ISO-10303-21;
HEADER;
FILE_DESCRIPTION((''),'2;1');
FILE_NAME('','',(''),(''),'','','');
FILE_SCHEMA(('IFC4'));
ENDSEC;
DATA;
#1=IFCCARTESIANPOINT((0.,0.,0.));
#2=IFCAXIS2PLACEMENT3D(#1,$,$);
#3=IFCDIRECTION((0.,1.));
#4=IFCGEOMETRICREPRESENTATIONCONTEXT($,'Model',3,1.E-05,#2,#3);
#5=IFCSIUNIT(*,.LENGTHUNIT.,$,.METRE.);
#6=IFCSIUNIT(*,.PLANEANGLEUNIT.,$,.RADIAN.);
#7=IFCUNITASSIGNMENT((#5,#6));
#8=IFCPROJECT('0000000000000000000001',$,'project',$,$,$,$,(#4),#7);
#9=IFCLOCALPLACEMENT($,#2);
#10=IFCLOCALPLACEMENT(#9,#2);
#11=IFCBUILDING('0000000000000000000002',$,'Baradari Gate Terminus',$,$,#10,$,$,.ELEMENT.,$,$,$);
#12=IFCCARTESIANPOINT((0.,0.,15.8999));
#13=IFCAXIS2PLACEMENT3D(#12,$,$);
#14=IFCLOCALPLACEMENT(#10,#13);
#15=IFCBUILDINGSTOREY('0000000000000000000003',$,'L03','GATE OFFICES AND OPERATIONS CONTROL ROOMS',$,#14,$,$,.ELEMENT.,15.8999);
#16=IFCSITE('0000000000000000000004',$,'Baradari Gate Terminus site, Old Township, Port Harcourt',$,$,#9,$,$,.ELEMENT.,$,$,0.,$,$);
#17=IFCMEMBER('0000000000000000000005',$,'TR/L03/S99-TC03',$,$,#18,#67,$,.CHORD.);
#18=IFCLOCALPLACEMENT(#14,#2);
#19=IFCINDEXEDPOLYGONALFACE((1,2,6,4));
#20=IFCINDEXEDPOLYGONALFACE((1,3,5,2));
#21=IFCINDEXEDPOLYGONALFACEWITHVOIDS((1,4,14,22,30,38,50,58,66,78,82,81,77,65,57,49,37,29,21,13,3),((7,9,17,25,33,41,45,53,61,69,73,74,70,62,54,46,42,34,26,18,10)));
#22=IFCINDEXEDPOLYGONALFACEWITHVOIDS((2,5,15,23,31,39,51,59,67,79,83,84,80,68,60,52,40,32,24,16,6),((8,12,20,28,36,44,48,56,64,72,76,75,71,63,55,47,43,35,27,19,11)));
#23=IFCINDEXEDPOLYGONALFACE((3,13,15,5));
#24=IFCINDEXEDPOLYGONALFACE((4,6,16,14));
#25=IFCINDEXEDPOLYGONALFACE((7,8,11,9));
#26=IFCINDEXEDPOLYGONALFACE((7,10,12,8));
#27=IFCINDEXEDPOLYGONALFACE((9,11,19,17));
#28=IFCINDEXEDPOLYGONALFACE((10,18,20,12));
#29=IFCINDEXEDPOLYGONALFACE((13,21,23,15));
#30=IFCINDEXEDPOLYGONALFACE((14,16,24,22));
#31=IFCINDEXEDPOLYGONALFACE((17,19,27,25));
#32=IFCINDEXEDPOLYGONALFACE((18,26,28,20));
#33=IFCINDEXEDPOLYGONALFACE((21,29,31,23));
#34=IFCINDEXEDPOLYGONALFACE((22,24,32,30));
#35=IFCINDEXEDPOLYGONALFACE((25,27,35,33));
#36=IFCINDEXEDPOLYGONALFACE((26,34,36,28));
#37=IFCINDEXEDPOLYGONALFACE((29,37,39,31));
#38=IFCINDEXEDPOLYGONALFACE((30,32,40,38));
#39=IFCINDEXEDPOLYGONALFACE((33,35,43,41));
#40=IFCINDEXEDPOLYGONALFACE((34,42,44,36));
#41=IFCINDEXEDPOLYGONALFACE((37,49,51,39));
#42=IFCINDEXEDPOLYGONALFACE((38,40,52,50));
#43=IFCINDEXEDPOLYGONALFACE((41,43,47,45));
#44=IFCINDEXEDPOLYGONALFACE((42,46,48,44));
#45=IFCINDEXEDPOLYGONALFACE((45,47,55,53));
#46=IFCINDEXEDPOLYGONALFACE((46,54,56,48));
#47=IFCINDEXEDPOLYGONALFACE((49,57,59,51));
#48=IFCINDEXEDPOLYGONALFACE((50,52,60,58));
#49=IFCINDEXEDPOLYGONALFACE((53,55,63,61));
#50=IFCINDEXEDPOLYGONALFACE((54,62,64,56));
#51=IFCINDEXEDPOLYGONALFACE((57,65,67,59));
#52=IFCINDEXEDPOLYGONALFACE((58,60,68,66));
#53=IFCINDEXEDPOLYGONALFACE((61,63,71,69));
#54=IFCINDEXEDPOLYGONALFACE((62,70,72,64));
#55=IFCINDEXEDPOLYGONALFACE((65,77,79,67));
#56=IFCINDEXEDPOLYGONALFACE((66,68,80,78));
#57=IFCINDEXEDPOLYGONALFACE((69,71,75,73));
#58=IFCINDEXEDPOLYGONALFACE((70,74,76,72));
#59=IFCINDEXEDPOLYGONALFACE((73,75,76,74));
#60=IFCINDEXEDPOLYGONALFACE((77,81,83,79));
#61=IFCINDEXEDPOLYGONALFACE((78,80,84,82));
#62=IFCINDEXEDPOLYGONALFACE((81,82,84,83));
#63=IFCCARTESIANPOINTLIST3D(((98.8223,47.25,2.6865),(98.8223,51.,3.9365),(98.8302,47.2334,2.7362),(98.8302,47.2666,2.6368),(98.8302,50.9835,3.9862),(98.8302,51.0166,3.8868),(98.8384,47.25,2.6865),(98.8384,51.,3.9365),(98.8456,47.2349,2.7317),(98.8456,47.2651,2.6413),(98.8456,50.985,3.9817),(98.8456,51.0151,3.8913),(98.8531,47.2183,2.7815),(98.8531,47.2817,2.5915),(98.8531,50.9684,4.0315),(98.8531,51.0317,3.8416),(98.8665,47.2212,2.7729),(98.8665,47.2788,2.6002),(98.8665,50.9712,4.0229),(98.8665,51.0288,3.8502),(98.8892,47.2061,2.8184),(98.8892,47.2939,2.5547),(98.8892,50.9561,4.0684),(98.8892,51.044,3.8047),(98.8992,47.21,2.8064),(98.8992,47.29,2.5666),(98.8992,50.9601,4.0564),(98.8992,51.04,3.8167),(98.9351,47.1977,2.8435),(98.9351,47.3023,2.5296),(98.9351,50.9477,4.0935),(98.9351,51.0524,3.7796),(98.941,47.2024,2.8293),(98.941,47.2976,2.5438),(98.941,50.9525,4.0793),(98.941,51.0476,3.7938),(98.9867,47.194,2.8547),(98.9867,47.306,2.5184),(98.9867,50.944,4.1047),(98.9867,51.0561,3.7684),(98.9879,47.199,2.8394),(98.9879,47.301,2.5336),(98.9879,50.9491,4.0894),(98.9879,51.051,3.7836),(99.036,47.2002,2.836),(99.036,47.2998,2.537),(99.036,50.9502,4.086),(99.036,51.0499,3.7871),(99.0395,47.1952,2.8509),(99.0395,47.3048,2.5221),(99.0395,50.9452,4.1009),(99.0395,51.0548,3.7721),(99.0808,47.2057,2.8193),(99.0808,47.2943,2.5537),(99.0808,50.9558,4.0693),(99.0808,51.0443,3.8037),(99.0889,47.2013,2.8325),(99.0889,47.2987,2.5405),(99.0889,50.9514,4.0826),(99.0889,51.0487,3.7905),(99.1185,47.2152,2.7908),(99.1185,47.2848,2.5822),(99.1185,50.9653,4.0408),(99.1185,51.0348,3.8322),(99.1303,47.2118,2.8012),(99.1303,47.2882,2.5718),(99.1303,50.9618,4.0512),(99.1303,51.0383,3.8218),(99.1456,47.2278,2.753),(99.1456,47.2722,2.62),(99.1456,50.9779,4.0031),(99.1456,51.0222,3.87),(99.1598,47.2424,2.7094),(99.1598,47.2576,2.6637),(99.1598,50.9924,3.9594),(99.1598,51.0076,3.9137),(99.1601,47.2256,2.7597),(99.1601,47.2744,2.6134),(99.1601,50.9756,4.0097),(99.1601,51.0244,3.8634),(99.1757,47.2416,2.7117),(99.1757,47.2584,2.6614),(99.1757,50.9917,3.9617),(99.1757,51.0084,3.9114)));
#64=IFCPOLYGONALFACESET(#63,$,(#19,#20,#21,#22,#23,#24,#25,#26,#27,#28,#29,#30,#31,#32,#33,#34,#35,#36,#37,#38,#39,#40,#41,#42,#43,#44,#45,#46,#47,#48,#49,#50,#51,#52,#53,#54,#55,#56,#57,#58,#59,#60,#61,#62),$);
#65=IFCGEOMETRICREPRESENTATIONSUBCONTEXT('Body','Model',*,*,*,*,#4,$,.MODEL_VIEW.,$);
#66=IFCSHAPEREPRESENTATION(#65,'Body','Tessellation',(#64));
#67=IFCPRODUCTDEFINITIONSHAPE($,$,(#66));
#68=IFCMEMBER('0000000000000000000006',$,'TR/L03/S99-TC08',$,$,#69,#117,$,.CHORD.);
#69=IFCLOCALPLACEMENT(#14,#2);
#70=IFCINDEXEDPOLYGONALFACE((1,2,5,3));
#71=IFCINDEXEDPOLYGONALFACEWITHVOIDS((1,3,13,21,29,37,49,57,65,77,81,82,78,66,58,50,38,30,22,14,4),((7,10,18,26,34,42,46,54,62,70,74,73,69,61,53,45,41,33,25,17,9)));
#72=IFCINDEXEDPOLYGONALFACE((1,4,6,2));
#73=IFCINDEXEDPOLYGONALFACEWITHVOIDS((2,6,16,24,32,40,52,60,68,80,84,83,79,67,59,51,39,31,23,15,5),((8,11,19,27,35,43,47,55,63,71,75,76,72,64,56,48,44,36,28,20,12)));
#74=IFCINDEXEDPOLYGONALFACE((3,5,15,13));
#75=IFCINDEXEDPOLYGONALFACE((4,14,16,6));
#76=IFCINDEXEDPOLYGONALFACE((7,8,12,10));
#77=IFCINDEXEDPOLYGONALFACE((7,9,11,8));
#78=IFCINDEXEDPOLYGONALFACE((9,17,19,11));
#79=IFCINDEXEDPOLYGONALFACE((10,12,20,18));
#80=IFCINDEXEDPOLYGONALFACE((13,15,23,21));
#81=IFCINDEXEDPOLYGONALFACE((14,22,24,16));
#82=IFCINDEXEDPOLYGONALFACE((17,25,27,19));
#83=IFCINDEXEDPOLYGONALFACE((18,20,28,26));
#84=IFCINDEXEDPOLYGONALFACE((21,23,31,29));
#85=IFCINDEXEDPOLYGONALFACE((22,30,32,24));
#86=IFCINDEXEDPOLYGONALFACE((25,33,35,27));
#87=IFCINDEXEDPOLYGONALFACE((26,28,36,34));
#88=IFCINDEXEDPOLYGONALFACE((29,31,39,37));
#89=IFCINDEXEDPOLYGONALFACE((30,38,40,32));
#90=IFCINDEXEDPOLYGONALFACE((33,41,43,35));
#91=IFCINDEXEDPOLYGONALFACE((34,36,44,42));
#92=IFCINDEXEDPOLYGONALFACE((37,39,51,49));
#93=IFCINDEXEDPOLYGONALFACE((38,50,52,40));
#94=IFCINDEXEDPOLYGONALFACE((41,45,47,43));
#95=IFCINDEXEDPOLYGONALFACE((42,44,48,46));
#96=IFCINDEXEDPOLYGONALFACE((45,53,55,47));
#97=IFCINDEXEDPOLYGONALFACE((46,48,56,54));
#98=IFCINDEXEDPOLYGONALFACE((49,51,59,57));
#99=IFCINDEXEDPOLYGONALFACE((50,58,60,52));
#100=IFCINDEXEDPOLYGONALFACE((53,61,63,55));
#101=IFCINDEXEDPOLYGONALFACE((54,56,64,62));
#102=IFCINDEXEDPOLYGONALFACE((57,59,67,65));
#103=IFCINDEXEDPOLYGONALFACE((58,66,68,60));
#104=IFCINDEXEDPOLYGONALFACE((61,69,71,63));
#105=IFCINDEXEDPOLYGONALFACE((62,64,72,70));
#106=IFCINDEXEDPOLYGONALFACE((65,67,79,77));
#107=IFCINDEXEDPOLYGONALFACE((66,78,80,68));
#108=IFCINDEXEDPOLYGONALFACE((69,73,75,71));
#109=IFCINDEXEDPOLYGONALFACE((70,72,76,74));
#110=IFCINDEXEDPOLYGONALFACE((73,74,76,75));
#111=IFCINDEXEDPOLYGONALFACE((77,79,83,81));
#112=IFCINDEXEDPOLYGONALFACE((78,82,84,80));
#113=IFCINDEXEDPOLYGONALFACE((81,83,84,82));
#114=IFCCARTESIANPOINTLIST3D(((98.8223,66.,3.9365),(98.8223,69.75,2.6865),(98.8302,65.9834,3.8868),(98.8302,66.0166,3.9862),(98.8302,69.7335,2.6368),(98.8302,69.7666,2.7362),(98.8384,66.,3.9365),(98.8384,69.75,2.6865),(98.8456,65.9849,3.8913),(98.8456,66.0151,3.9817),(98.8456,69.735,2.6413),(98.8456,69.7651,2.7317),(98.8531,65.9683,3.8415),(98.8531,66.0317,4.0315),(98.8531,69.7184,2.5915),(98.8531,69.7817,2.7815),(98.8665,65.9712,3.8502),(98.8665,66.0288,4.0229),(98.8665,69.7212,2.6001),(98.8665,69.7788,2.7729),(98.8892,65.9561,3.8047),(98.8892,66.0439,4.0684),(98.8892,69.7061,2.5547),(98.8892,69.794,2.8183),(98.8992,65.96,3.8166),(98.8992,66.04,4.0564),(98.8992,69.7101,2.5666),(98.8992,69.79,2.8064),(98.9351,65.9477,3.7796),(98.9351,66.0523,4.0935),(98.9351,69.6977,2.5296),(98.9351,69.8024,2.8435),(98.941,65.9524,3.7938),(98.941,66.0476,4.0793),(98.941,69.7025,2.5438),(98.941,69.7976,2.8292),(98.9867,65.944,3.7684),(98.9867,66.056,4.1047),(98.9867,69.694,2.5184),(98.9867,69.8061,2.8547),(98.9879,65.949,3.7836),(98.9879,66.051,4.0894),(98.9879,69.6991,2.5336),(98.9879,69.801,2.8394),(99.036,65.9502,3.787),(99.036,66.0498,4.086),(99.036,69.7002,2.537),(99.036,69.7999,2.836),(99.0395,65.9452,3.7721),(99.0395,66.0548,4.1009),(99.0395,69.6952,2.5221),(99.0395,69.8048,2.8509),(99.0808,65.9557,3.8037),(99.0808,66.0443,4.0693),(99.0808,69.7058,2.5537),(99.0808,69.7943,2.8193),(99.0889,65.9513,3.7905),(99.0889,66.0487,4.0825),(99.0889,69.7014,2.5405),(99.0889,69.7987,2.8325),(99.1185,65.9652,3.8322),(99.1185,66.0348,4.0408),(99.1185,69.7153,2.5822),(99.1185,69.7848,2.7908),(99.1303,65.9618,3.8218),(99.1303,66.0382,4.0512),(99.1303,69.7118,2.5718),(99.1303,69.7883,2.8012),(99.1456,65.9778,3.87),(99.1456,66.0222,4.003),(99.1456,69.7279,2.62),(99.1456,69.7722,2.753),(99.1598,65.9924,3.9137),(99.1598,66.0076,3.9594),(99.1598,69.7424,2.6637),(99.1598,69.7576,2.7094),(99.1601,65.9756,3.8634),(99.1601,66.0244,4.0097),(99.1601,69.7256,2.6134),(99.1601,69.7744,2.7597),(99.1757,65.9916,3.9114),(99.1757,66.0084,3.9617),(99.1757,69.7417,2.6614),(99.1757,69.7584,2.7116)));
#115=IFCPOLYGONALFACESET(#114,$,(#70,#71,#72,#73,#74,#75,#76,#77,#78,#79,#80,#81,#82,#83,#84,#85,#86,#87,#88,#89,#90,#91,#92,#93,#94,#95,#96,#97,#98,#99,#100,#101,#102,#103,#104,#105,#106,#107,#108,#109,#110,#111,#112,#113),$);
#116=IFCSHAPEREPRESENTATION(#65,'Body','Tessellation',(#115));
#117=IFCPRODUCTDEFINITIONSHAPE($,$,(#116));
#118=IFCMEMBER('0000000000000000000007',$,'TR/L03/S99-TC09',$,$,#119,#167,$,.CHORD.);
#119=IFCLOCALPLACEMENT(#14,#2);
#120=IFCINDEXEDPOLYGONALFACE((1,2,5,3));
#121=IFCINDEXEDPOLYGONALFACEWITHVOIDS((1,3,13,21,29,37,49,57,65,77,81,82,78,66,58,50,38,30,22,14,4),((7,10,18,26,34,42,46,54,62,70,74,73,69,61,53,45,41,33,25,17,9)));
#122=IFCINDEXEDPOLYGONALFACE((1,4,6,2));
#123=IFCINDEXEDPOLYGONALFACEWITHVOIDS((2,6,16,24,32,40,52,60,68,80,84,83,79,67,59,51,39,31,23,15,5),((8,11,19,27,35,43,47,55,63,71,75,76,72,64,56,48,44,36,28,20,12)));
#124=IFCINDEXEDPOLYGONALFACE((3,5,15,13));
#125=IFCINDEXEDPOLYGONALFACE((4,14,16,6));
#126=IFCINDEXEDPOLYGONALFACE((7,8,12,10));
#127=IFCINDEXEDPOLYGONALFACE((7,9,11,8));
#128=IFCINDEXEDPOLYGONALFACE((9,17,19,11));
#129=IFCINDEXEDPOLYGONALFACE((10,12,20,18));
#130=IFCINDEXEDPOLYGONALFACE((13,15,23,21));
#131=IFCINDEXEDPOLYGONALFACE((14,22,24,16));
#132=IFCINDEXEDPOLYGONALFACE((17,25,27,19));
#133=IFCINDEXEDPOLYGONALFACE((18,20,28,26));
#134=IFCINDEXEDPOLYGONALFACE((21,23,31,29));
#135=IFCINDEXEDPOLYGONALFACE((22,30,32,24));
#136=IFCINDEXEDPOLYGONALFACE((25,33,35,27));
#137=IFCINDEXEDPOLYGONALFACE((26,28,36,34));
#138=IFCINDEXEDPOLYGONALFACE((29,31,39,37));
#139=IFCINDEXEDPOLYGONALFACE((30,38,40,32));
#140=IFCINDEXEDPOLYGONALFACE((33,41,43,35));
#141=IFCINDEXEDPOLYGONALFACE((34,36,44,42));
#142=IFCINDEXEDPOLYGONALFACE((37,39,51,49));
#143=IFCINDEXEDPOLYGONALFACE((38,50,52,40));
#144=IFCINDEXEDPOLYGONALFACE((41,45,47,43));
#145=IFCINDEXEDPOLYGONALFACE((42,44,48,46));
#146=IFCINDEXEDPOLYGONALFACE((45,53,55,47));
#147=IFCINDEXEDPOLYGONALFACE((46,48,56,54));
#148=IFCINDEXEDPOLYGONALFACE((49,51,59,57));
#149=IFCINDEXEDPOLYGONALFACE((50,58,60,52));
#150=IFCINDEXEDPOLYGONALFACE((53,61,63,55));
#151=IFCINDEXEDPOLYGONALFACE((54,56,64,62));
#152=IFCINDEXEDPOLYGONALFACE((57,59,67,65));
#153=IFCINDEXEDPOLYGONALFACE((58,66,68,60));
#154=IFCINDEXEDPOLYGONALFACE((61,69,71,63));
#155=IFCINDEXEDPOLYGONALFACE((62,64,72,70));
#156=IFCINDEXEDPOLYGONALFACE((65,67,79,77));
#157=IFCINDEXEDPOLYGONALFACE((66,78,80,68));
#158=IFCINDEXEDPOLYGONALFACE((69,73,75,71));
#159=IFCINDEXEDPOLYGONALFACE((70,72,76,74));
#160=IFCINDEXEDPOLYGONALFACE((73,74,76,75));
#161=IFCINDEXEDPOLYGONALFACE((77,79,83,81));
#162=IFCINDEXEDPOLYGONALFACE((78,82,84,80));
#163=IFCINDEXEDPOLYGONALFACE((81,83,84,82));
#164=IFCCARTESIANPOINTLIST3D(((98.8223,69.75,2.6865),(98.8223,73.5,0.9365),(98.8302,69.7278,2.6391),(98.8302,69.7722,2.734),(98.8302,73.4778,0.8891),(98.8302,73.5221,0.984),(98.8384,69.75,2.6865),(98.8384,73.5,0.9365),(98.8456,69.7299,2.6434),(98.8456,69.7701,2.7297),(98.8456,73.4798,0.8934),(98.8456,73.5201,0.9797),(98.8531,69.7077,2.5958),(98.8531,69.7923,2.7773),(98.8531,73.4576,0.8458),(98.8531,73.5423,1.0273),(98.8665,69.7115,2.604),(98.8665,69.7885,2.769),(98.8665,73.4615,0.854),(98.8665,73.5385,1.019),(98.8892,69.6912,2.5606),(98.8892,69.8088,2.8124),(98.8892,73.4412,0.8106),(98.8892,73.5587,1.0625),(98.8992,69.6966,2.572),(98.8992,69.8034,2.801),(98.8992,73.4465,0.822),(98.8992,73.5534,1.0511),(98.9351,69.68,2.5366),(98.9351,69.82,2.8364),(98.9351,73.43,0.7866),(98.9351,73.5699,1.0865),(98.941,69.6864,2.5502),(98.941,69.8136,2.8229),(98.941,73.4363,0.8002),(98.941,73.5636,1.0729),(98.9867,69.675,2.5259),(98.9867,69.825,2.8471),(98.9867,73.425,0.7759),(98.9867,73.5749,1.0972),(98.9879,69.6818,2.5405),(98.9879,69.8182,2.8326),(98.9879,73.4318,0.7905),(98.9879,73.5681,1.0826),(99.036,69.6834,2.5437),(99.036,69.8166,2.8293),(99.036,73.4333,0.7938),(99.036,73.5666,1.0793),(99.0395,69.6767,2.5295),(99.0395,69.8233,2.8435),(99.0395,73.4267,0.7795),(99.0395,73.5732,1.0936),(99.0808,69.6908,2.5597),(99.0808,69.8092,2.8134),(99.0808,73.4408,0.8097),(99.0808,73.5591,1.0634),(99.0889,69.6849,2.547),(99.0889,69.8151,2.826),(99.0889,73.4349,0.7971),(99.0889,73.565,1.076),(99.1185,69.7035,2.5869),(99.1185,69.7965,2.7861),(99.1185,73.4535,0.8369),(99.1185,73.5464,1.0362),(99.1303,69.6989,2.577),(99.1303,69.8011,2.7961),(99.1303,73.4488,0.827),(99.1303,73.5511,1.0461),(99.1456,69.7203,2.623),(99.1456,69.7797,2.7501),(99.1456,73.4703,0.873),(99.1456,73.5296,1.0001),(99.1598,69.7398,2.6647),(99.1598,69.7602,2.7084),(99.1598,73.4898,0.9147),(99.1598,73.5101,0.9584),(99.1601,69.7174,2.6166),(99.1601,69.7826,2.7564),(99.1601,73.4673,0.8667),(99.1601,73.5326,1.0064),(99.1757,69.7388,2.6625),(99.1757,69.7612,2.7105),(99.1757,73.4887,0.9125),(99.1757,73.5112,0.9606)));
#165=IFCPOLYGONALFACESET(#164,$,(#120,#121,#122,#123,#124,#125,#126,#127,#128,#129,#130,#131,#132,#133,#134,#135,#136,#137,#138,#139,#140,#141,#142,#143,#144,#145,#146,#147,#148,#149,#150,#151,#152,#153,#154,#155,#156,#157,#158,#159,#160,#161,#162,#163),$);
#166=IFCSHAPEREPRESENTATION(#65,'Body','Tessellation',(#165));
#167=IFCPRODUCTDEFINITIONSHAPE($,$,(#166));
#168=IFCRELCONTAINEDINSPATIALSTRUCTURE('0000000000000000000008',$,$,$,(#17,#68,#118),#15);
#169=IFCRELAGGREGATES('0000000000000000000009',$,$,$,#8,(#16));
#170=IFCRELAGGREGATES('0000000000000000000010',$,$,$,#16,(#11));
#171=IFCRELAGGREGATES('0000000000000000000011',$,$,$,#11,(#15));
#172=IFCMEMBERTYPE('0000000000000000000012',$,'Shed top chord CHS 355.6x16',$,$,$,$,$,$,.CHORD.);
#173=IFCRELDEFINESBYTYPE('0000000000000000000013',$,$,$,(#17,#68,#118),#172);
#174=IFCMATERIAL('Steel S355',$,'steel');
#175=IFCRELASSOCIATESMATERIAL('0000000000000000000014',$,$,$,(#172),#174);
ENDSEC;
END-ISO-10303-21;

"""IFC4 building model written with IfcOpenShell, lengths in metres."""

from ifc_helpers import new_model, si_unit, direction, frame, origin, origin_2d, place, context, subcontext, project, spatial, hollow_circle, extrude, material, material_profile, profile_set, type_object, element, save


model = new_model("IFC4")

# Units and contexts
model_context = context("Model", 3, precision=1e-05, world=origin(), true_north=direction((0.0, 1.0)))
body_context = subcontext(model_context, "Body", "Model", "MODEL_VIEW")
ifc_project = project(units=[si_unit("LENGTHUNIT", "METRE"), si_unit("PLANEANGLEUNIT", "RADIAN")], contexts=[model_context])

# Site, building, storey
site_placement = place(None, origin())
site = spatial("IfcSite", under=ifc_project, at=site_placement, Name="Baradari Gate Terminus site, Old Township, Port Harcourt", CompositionType="ELEMENT", RefElevation=0.0)
building_placement = place(site_placement, origin())
building = spatial("IfcBuilding", under=site, at=building_placement, Name="Baradari Gate Terminus", CompositionType="ELEMENT")
storey_placement = place(building_placement, frame((0.0, 0.0, 15.8999)))
storey = spatial("IfcBuildingStorey", under=building, at=storey_placement, Name="L03", Description="GATE OFFICES AND OPERATIONS CONTROL ROOMS", CompositionType="ELEMENT", Elevation=15.8999)

# Members
ifc_material_1 = material(Name="Steel S355", Category="steel")
ifc_material_profile_1 = material_profile(ifc_material_1, hollow_circle(Radius=0.1777, WallThickness=0.0161, at=origin_2d()), Name="CHS 355.6x16")
ifc_profile_set_1 = profile_set([ifc_material_profile_1], Name="Steel S355")
member_type_1 = type_object("IfcMemberType", Name="Shed top chord CHS 355.6x16", PredefinedType="CHORD", material=ifc_profile_set_1)
for number, where, z_axis, x_axis, name in (
    (1, (99.0, 47.25, 2.6865), (0.0, 0.948683, 0.316228), (-1.0, 0.0, 0.0), "TR/L03/S99-TC03"),
    (2, (99.0, 66.0, 3.9365), (0.0, 0.948683, -0.316228), (-1.0, 0.0, 0.0), "TR/L03/S99-TC08"),
):
    element("IfcMember", number, at=place(storey_placement, frame(where, z_axis=z_axis, x_axis=x_axis)), inside=storey, type_object=member_type_1, Name=name, PredefinedType="CHORD", context=body_context, shape_type="SweptSolid", body=[
        extrude(hollow_circle(Radius=0.1777, WallThickness=0.0161, at=origin_2d()), origin(), (0.0, 0.0, 1.0), 3.9529),
    ])
member_1_placement = place(storey_placement, frame((99.0, 69.75, 2.6865), z_axis=(0.0, 0.906183, -0.422885), x_axis=(-1.0, 0.0, 0.0)))
element("IfcMember", 3, at=member_1_placement, inside=storey, type_object=member_type_1, Name="TR/L03/S99-TC09", PredefinedType="CHORD", context=body_context, shape_type="SweptSolid", body=[
    extrude(hollow_circle(Radius=0.1777, WallThickness=0.0161, at=origin_2d()), origin(), (0.0, 0.0, 1.0), 4.1382),
])

save(model, "model.ifc")
